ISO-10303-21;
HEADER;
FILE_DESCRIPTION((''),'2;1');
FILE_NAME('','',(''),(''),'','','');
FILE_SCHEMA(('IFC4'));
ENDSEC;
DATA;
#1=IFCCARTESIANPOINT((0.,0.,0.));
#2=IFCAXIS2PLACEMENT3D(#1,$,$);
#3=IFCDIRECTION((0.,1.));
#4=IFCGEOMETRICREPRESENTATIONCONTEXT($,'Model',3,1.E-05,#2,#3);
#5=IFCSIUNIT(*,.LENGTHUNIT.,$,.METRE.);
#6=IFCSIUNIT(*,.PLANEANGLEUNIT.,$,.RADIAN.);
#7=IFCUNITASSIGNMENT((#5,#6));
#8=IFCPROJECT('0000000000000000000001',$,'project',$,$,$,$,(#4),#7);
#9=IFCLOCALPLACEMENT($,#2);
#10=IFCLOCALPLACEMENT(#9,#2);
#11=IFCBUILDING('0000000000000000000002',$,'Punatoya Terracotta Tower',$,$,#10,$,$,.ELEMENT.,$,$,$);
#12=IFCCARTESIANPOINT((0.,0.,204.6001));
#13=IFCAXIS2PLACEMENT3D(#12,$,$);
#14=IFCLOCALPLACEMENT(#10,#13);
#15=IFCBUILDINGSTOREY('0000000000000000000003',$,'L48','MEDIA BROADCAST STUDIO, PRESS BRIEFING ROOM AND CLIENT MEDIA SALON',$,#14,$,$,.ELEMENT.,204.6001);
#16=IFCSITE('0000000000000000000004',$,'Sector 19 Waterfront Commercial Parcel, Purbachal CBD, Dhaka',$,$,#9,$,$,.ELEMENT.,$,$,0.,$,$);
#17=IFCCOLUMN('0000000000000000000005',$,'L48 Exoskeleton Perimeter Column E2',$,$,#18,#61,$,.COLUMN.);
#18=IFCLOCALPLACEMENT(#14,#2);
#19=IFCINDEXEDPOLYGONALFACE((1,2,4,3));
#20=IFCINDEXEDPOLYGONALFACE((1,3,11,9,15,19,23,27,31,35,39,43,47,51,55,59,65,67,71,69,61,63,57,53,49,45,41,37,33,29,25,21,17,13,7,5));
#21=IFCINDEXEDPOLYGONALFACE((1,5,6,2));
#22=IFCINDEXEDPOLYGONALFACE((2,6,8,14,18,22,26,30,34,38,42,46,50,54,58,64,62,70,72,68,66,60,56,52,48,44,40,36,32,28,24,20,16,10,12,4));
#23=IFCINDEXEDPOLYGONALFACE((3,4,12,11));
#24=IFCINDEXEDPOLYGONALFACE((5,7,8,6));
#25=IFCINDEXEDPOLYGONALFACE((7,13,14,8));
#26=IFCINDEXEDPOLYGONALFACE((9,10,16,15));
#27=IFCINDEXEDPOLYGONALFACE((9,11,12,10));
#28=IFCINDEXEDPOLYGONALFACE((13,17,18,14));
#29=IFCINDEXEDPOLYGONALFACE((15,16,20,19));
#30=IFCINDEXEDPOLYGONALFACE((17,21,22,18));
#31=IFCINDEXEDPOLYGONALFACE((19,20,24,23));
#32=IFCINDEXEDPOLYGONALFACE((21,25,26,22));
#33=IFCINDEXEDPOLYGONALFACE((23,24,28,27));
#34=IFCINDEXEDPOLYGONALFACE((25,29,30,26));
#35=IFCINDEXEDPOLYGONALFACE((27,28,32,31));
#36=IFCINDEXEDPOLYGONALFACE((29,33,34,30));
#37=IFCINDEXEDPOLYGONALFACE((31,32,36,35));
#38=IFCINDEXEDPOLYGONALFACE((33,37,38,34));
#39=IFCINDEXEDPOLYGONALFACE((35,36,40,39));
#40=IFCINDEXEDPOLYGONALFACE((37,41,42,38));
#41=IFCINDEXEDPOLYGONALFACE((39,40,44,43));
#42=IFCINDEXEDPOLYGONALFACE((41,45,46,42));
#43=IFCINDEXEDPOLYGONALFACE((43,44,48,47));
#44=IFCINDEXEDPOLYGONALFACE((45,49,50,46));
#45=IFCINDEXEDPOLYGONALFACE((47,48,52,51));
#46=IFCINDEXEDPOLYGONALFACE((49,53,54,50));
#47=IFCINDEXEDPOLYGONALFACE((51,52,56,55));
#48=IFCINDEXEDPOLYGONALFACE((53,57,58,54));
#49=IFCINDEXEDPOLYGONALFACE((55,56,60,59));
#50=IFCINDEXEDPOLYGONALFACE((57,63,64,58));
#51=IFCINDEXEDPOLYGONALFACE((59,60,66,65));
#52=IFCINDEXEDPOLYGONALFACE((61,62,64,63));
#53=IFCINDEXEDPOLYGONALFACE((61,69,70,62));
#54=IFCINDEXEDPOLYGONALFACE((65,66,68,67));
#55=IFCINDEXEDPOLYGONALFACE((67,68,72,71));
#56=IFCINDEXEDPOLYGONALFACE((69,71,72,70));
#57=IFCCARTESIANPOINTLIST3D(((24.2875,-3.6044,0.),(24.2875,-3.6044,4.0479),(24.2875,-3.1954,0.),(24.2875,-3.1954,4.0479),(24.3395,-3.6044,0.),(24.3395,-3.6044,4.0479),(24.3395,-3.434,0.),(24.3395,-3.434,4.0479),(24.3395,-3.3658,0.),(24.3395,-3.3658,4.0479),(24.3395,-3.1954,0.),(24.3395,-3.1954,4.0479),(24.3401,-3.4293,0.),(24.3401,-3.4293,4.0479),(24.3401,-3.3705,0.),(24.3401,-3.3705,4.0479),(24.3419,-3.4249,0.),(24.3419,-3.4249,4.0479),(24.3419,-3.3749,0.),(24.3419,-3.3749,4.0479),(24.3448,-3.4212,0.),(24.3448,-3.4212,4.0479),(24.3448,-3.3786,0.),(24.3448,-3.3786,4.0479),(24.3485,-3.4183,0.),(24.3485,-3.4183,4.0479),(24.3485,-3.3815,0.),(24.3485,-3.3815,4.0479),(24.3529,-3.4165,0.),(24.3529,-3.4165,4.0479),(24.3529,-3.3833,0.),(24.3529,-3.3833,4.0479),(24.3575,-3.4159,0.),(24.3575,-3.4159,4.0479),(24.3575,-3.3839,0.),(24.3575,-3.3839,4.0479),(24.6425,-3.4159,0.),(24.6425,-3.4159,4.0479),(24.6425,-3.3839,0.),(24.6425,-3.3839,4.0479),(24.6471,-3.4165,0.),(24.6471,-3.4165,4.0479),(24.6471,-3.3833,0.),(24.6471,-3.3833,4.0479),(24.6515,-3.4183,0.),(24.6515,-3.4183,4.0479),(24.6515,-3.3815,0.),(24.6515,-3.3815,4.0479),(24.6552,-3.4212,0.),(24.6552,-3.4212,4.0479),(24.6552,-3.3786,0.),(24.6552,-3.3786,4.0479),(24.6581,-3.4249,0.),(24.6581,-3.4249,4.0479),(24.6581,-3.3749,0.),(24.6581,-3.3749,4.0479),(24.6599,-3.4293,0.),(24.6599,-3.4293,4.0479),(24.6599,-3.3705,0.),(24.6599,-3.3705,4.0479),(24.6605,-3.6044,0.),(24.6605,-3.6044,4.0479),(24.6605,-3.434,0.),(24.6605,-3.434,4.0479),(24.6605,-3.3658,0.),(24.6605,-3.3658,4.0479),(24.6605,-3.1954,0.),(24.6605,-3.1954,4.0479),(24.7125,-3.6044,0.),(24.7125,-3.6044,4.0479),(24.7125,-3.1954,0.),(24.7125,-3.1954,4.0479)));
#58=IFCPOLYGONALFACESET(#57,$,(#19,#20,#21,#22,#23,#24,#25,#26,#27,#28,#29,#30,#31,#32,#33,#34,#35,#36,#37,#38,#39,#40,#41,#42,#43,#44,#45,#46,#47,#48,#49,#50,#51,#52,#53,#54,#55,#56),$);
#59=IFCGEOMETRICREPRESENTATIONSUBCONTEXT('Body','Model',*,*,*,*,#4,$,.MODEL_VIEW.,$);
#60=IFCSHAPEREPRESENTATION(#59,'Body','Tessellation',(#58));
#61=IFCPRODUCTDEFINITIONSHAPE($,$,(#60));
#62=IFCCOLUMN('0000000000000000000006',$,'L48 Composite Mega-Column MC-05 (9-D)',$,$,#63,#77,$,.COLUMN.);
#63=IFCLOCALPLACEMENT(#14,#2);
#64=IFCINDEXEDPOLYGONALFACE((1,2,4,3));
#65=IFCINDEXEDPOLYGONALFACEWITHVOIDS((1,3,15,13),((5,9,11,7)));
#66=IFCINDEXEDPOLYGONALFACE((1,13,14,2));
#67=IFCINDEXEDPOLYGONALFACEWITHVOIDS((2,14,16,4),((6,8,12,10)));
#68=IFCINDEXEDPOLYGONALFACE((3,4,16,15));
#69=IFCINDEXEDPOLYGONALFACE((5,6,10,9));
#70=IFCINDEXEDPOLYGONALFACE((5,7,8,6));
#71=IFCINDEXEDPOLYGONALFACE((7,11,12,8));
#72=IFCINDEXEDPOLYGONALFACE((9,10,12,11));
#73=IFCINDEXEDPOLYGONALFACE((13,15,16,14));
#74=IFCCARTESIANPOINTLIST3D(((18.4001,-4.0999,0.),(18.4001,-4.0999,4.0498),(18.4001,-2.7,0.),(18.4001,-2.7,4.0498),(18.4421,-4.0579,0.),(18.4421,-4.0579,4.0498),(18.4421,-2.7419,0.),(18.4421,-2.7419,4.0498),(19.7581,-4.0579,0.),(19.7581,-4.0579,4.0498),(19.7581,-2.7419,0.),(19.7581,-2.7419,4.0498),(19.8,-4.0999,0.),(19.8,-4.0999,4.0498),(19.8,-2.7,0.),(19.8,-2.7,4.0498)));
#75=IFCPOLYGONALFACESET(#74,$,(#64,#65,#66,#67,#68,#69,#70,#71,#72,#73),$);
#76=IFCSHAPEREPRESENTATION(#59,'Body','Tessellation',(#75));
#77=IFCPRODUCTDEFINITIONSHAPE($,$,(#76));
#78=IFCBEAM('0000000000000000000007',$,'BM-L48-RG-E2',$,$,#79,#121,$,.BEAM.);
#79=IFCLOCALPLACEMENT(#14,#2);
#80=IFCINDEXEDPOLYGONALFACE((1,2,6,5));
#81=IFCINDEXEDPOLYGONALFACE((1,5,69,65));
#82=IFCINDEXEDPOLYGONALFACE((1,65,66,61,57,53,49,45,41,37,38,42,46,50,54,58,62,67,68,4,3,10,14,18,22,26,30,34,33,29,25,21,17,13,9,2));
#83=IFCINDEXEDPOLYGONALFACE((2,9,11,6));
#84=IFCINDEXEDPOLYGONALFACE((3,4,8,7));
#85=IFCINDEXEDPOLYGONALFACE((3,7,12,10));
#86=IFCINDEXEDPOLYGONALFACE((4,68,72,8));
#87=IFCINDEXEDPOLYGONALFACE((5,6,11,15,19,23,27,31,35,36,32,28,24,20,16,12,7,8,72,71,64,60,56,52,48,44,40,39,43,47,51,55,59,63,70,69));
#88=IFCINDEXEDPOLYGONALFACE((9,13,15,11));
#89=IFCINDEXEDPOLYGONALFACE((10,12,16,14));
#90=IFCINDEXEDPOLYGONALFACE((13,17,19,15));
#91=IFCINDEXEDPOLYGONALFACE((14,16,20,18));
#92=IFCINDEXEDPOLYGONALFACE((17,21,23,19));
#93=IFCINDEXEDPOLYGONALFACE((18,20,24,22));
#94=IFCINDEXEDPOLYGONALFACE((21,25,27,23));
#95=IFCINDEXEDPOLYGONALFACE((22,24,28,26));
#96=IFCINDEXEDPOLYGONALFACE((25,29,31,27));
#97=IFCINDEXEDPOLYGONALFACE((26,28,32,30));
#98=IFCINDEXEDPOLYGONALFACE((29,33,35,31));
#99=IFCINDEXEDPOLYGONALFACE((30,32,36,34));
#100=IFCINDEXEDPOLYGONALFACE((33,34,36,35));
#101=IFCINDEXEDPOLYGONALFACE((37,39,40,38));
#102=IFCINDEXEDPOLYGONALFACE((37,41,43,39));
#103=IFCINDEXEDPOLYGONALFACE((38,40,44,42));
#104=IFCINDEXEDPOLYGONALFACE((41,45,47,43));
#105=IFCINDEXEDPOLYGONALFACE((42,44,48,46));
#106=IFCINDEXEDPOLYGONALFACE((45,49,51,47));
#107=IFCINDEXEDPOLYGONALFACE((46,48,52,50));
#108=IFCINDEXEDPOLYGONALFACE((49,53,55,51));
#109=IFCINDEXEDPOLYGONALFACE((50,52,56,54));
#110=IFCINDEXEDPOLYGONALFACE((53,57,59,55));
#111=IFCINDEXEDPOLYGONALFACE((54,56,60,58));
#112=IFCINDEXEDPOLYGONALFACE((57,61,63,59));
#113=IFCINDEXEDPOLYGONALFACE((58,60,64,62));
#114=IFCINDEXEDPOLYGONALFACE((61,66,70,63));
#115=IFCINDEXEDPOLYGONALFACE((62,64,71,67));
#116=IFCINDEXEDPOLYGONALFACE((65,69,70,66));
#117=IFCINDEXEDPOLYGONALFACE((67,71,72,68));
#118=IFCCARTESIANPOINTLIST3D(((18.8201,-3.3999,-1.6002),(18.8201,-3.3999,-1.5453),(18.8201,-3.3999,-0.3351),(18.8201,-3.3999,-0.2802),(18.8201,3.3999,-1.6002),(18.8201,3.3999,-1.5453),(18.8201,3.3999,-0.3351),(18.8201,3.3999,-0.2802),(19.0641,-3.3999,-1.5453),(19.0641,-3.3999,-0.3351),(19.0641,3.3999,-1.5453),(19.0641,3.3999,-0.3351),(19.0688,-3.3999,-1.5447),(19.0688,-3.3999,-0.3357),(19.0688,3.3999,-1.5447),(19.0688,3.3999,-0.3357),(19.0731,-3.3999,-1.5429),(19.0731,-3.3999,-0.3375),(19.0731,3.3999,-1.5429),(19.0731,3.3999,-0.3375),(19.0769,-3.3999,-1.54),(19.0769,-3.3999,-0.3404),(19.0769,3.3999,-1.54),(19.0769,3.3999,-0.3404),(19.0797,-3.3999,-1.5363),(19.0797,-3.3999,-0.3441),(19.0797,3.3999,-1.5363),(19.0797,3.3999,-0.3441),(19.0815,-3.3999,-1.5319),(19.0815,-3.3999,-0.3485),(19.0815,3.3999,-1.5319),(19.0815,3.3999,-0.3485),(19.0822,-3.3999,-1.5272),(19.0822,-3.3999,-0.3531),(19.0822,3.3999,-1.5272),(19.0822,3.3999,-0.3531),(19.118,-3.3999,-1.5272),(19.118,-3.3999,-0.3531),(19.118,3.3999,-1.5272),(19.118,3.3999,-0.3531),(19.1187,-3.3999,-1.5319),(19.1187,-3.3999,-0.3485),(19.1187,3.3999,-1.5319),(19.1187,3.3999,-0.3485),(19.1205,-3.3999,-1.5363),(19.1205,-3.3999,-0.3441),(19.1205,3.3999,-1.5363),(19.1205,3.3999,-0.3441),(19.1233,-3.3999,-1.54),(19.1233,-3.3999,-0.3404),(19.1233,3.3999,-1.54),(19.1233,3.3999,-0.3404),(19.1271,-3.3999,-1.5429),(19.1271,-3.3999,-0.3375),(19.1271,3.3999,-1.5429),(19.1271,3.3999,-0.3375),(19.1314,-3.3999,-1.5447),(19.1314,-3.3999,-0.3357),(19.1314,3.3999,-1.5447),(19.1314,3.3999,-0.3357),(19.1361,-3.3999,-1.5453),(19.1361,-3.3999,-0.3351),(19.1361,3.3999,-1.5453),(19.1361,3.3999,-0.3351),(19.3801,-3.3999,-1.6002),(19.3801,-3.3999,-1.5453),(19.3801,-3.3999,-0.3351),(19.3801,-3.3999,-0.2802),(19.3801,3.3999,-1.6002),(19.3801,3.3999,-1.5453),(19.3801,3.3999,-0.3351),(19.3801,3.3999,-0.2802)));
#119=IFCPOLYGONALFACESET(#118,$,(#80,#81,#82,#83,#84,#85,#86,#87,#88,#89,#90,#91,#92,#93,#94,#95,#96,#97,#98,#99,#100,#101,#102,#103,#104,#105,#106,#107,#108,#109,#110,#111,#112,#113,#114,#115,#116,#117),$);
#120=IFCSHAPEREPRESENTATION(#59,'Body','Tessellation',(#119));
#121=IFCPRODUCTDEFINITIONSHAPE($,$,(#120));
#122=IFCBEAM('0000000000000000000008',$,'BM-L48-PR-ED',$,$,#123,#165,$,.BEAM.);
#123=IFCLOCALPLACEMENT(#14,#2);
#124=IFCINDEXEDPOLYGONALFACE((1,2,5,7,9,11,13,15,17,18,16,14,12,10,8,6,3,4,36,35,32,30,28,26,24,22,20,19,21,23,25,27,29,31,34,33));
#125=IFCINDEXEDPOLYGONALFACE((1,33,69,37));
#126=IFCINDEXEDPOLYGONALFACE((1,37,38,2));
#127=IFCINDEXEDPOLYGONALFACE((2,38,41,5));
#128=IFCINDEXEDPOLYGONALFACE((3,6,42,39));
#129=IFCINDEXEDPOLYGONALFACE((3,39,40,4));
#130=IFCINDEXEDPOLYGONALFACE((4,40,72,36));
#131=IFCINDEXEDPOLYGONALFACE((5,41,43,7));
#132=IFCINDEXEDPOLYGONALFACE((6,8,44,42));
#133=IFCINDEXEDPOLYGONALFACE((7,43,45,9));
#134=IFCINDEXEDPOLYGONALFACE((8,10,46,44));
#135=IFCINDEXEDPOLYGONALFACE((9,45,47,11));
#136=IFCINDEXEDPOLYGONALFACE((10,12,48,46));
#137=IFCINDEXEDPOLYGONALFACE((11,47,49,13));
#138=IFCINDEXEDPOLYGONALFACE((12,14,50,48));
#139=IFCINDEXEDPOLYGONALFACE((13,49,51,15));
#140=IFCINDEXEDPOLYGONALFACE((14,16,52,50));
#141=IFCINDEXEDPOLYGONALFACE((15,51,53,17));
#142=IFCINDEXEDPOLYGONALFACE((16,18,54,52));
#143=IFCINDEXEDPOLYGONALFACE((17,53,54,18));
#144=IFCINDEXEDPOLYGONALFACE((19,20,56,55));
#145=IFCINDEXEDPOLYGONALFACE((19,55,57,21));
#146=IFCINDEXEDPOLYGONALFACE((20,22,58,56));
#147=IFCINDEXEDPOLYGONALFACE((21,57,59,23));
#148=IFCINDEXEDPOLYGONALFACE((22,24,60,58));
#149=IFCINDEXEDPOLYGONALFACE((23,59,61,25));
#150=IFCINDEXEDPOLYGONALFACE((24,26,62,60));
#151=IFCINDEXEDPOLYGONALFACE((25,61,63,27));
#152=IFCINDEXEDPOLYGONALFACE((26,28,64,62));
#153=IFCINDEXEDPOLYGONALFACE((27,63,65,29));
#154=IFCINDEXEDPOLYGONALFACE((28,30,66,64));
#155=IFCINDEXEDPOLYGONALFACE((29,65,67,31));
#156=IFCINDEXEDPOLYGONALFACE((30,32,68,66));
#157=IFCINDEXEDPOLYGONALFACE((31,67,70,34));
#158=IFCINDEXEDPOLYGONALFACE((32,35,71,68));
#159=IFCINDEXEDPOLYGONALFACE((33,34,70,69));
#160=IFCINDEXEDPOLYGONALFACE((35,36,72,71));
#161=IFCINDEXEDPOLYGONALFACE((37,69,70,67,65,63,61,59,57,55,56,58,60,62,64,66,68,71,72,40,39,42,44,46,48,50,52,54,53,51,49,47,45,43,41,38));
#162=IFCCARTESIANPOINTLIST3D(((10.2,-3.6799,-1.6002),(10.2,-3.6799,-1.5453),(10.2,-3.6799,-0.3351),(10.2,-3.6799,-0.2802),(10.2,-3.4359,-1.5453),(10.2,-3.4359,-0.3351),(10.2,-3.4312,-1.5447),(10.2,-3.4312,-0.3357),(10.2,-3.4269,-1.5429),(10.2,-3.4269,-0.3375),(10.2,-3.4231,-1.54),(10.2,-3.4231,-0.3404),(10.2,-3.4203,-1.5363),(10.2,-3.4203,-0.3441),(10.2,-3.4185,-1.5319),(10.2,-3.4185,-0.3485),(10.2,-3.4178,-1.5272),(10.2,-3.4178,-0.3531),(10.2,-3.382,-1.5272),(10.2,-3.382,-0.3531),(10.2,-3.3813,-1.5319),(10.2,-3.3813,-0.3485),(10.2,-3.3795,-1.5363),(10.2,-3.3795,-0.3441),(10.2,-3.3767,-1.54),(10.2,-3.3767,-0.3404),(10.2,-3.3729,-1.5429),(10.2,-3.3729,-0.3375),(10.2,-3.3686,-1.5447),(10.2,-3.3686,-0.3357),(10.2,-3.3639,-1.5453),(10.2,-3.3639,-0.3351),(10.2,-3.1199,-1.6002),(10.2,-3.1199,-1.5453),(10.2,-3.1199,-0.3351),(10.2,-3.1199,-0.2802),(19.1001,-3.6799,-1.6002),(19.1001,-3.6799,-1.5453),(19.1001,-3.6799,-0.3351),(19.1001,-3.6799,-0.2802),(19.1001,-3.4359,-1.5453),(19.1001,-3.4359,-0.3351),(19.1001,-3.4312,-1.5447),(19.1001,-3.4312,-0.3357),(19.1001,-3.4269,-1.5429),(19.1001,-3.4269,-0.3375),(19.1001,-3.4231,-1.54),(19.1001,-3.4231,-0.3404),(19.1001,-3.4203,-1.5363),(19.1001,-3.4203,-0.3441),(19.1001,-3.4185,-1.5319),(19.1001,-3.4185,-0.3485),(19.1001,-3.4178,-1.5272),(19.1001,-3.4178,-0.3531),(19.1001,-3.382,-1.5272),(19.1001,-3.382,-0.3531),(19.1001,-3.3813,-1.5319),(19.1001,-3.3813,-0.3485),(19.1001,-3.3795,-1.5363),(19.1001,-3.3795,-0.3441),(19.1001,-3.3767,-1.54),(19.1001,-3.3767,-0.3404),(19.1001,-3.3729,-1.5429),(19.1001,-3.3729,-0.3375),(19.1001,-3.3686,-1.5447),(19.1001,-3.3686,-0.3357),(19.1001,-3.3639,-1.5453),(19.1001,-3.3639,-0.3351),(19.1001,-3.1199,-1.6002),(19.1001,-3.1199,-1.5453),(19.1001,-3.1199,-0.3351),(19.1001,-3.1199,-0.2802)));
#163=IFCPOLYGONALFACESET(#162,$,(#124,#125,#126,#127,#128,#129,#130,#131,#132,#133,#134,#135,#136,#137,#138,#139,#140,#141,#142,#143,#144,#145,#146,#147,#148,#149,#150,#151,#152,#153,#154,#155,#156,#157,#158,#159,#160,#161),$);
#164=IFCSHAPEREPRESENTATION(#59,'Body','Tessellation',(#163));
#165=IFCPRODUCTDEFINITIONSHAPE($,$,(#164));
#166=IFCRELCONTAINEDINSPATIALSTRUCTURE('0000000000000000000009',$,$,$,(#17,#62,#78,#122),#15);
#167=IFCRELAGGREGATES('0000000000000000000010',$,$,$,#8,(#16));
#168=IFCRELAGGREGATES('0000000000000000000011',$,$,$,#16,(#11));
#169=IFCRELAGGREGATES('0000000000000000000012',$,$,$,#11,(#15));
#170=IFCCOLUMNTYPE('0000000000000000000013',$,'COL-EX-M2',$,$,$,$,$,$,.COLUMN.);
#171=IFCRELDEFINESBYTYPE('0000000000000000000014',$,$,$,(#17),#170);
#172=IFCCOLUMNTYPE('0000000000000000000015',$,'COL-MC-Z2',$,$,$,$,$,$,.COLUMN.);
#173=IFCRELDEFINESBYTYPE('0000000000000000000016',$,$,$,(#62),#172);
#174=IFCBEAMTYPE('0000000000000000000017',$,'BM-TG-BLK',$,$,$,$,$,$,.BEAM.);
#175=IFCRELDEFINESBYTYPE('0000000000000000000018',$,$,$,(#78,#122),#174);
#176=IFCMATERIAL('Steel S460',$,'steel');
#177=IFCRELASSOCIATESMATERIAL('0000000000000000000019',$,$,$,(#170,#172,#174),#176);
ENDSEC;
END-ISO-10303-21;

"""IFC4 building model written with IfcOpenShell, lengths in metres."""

from ifc_helpers import new_model, si_unit, direction, frame, origin, origin_2d, place, context, subcontext, project, spatial, hollow_rectangle, i_section, extrude, material, material_profile, profile_set, type_object, element, save


model = new_model("IFC4")

# Units and contexts
model_context = context("Model", 3, precision=1e-05, world=origin(), true_north=direction((0.0, 1.0)))
body_context = subcontext(model_context, "Body", "Model", "MODEL_VIEW")
ifc_project = project(units=[si_unit("LENGTHUNIT", "METRE"), si_unit("PLANEANGLEUNIT", "RADIAN")], contexts=[model_context])

# Site, building, storey
site_placement = place(None, origin())
site = spatial("IfcSite", under=ifc_project, at=site_placement, Name="Sector 19 Waterfront Commercial Parcel, Purbachal CBD, Dhaka", CompositionType="ELEMENT", RefElevation=0.0)
building_placement = place(site_placement, origin())
building = spatial("IfcBuilding", under=site, at=building_placement, Name="Punatoya Terracotta Tower", CompositionType="ELEMENT")
storey_placement = place(building_placement, frame((0.0, 0.0, 204.6001)))
storey = spatial("IfcBuildingStorey", under=building, at=storey_placement, Name="L48", Description="MEDIA BROADCAST STUDIO, PRESS BRIEFING ROOM AND CLIENT MEDIA SALON", CompositionType="ELEMENT", Elevation=204.6001)

# Columns
ifc_material_1 = material(Name="Steel S460", Category="steel")
ifc_material_profile_1 = material_profile(ifc_material_1, i_section(OverallWidth=0.4089, OverallDepth=0.425, WebThickness=0.032, FlangeThickness=0.052, FilletRadius=0.0181, at=origin_2d()))
ifc_profile_set_1 = profile_set([ifc_material_profile_1], Name="Steel S460")
column_type_1 = type_object("IfcColumnType", Name="COL-EX-M2", PredefinedType="COLUMN", material=ifc_profile_set_1)
column_1_placement = place(storey_placement, frame((24.5, -3.3999, 0.0), z_axis=(0.0, 0.0, 1.0), x_axis=(0.0, 1.0, 0.0)))
element("IfcColumn", 1, at=column_1_placement, inside=storey, type_object=column_type_1, Name="L48 Exoskeleton Perimeter Column E2", PredefinedType="COLUMN", context=body_context, shape_type="SweptSolid", body=[
    extrude(i_section(OverallWidth=0.4089, OverallDepth=0.425, WebThickness=0.032, FlangeThickness=0.052, FilletRadius=0.0181, at=origin_2d()), origin(), (0.0, 0.0, 1.0), 4.0479),
])
ifc_material_profile_2 = material_profile(ifc_material_1, hollow_rectangle(XDim=1.3999, YDim=1.3999, WallThickness=0.042, at=origin_2d()))
ifc_profile_set_2 = profile_set([ifc_material_profile_2], Name="Steel S460")
column_type_2 = type_object("IfcColumnType", Name="COL-MC-Z2", PredefinedType="COLUMN", material=ifc_profile_set_2)
column_2_placement = place(storey_placement, frame((19.1001, -3.3999, 0.0), z_axis=(0.0, 0.0, 1.0), x_axis=(1.0, 0.0, 0.0)))
element("IfcColumn", 2, at=column_2_placement, inside=storey, type_object=column_type_2, Name="L48 Composite Mega-Column MC-05 (9-D)", PredefinedType="COLUMN", context=body_context, shape_type="SweptSolid", body=[
    extrude(hollow_rectangle(XDim=1.3999, YDim=1.3999, WallThickness=0.042, at=origin_2d()), origin(), (0.0, 0.0, 1.0), 4.0498),
])

# Beams
ifc_material_profile_3 = material_profile(ifc_material_1, i_section(OverallWidth=0.5601, OverallDepth=1.3201, WebThickness=0.0359, FlangeThickness=0.0549, FilletRadius=0.0181, at=origin_2d()))
ifc_profile_set_3 = profile_set([ifc_material_profile_3], Name="Steel S460")
beam_type = type_object("IfcBeamType", Name="BM-TG-BLK", PredefinedType="BEAM", material=ifc_profile_set_3)
beam_1_placement = place(storey_placement, frame((19.1001, -3.3999, -0.9402), z_axis=(0.0, 1.0, 0.0), x_axis=(-1.0, 0.0, 0.0)))
element("IfcBeam", 3, at=beam_1_placement, inside=storey, type_object=beam_type, Name="BM-L48-RG-E2", PredefinedType="BEAM", context=body_context, shape_type="SweptSolid", body=[
    extrude(i_section(OverallWidth=0.5601, OverallDepth=1.3201, WebThickness=0.0359, FlangeThickness=0.0549, FilletRadius=0.0181, at=origin_2d()), origin(), (0.0, 0.0, 1.0), 6.7998),
])
beam_2_placement = place(storey_placement, frame((10.2, -3.3999, -0.9402), z_axis=(1.0, 0.0, 0.0), x_axis=(0.0, 1.0, 0.0)))
element("IfcBeam", 4, at=beam_2_placement, inside=storey, type_object=beam_type, Name="BM-L48-PR-ED", PredefinedType="BEAM", context=body_context, shape_type="SweptSolid", body=[
    extrude(i_section(OverallWidth=0.5601, OverallDepth=1.3201, WebThickness=0.0359, FlangeThickness=0.0549, FilletRadius=0.0181, at=origin_2d()), origin(), (0.0, 0.0, 1.0), 8.9001),
])

save(model, "model.ifc")
